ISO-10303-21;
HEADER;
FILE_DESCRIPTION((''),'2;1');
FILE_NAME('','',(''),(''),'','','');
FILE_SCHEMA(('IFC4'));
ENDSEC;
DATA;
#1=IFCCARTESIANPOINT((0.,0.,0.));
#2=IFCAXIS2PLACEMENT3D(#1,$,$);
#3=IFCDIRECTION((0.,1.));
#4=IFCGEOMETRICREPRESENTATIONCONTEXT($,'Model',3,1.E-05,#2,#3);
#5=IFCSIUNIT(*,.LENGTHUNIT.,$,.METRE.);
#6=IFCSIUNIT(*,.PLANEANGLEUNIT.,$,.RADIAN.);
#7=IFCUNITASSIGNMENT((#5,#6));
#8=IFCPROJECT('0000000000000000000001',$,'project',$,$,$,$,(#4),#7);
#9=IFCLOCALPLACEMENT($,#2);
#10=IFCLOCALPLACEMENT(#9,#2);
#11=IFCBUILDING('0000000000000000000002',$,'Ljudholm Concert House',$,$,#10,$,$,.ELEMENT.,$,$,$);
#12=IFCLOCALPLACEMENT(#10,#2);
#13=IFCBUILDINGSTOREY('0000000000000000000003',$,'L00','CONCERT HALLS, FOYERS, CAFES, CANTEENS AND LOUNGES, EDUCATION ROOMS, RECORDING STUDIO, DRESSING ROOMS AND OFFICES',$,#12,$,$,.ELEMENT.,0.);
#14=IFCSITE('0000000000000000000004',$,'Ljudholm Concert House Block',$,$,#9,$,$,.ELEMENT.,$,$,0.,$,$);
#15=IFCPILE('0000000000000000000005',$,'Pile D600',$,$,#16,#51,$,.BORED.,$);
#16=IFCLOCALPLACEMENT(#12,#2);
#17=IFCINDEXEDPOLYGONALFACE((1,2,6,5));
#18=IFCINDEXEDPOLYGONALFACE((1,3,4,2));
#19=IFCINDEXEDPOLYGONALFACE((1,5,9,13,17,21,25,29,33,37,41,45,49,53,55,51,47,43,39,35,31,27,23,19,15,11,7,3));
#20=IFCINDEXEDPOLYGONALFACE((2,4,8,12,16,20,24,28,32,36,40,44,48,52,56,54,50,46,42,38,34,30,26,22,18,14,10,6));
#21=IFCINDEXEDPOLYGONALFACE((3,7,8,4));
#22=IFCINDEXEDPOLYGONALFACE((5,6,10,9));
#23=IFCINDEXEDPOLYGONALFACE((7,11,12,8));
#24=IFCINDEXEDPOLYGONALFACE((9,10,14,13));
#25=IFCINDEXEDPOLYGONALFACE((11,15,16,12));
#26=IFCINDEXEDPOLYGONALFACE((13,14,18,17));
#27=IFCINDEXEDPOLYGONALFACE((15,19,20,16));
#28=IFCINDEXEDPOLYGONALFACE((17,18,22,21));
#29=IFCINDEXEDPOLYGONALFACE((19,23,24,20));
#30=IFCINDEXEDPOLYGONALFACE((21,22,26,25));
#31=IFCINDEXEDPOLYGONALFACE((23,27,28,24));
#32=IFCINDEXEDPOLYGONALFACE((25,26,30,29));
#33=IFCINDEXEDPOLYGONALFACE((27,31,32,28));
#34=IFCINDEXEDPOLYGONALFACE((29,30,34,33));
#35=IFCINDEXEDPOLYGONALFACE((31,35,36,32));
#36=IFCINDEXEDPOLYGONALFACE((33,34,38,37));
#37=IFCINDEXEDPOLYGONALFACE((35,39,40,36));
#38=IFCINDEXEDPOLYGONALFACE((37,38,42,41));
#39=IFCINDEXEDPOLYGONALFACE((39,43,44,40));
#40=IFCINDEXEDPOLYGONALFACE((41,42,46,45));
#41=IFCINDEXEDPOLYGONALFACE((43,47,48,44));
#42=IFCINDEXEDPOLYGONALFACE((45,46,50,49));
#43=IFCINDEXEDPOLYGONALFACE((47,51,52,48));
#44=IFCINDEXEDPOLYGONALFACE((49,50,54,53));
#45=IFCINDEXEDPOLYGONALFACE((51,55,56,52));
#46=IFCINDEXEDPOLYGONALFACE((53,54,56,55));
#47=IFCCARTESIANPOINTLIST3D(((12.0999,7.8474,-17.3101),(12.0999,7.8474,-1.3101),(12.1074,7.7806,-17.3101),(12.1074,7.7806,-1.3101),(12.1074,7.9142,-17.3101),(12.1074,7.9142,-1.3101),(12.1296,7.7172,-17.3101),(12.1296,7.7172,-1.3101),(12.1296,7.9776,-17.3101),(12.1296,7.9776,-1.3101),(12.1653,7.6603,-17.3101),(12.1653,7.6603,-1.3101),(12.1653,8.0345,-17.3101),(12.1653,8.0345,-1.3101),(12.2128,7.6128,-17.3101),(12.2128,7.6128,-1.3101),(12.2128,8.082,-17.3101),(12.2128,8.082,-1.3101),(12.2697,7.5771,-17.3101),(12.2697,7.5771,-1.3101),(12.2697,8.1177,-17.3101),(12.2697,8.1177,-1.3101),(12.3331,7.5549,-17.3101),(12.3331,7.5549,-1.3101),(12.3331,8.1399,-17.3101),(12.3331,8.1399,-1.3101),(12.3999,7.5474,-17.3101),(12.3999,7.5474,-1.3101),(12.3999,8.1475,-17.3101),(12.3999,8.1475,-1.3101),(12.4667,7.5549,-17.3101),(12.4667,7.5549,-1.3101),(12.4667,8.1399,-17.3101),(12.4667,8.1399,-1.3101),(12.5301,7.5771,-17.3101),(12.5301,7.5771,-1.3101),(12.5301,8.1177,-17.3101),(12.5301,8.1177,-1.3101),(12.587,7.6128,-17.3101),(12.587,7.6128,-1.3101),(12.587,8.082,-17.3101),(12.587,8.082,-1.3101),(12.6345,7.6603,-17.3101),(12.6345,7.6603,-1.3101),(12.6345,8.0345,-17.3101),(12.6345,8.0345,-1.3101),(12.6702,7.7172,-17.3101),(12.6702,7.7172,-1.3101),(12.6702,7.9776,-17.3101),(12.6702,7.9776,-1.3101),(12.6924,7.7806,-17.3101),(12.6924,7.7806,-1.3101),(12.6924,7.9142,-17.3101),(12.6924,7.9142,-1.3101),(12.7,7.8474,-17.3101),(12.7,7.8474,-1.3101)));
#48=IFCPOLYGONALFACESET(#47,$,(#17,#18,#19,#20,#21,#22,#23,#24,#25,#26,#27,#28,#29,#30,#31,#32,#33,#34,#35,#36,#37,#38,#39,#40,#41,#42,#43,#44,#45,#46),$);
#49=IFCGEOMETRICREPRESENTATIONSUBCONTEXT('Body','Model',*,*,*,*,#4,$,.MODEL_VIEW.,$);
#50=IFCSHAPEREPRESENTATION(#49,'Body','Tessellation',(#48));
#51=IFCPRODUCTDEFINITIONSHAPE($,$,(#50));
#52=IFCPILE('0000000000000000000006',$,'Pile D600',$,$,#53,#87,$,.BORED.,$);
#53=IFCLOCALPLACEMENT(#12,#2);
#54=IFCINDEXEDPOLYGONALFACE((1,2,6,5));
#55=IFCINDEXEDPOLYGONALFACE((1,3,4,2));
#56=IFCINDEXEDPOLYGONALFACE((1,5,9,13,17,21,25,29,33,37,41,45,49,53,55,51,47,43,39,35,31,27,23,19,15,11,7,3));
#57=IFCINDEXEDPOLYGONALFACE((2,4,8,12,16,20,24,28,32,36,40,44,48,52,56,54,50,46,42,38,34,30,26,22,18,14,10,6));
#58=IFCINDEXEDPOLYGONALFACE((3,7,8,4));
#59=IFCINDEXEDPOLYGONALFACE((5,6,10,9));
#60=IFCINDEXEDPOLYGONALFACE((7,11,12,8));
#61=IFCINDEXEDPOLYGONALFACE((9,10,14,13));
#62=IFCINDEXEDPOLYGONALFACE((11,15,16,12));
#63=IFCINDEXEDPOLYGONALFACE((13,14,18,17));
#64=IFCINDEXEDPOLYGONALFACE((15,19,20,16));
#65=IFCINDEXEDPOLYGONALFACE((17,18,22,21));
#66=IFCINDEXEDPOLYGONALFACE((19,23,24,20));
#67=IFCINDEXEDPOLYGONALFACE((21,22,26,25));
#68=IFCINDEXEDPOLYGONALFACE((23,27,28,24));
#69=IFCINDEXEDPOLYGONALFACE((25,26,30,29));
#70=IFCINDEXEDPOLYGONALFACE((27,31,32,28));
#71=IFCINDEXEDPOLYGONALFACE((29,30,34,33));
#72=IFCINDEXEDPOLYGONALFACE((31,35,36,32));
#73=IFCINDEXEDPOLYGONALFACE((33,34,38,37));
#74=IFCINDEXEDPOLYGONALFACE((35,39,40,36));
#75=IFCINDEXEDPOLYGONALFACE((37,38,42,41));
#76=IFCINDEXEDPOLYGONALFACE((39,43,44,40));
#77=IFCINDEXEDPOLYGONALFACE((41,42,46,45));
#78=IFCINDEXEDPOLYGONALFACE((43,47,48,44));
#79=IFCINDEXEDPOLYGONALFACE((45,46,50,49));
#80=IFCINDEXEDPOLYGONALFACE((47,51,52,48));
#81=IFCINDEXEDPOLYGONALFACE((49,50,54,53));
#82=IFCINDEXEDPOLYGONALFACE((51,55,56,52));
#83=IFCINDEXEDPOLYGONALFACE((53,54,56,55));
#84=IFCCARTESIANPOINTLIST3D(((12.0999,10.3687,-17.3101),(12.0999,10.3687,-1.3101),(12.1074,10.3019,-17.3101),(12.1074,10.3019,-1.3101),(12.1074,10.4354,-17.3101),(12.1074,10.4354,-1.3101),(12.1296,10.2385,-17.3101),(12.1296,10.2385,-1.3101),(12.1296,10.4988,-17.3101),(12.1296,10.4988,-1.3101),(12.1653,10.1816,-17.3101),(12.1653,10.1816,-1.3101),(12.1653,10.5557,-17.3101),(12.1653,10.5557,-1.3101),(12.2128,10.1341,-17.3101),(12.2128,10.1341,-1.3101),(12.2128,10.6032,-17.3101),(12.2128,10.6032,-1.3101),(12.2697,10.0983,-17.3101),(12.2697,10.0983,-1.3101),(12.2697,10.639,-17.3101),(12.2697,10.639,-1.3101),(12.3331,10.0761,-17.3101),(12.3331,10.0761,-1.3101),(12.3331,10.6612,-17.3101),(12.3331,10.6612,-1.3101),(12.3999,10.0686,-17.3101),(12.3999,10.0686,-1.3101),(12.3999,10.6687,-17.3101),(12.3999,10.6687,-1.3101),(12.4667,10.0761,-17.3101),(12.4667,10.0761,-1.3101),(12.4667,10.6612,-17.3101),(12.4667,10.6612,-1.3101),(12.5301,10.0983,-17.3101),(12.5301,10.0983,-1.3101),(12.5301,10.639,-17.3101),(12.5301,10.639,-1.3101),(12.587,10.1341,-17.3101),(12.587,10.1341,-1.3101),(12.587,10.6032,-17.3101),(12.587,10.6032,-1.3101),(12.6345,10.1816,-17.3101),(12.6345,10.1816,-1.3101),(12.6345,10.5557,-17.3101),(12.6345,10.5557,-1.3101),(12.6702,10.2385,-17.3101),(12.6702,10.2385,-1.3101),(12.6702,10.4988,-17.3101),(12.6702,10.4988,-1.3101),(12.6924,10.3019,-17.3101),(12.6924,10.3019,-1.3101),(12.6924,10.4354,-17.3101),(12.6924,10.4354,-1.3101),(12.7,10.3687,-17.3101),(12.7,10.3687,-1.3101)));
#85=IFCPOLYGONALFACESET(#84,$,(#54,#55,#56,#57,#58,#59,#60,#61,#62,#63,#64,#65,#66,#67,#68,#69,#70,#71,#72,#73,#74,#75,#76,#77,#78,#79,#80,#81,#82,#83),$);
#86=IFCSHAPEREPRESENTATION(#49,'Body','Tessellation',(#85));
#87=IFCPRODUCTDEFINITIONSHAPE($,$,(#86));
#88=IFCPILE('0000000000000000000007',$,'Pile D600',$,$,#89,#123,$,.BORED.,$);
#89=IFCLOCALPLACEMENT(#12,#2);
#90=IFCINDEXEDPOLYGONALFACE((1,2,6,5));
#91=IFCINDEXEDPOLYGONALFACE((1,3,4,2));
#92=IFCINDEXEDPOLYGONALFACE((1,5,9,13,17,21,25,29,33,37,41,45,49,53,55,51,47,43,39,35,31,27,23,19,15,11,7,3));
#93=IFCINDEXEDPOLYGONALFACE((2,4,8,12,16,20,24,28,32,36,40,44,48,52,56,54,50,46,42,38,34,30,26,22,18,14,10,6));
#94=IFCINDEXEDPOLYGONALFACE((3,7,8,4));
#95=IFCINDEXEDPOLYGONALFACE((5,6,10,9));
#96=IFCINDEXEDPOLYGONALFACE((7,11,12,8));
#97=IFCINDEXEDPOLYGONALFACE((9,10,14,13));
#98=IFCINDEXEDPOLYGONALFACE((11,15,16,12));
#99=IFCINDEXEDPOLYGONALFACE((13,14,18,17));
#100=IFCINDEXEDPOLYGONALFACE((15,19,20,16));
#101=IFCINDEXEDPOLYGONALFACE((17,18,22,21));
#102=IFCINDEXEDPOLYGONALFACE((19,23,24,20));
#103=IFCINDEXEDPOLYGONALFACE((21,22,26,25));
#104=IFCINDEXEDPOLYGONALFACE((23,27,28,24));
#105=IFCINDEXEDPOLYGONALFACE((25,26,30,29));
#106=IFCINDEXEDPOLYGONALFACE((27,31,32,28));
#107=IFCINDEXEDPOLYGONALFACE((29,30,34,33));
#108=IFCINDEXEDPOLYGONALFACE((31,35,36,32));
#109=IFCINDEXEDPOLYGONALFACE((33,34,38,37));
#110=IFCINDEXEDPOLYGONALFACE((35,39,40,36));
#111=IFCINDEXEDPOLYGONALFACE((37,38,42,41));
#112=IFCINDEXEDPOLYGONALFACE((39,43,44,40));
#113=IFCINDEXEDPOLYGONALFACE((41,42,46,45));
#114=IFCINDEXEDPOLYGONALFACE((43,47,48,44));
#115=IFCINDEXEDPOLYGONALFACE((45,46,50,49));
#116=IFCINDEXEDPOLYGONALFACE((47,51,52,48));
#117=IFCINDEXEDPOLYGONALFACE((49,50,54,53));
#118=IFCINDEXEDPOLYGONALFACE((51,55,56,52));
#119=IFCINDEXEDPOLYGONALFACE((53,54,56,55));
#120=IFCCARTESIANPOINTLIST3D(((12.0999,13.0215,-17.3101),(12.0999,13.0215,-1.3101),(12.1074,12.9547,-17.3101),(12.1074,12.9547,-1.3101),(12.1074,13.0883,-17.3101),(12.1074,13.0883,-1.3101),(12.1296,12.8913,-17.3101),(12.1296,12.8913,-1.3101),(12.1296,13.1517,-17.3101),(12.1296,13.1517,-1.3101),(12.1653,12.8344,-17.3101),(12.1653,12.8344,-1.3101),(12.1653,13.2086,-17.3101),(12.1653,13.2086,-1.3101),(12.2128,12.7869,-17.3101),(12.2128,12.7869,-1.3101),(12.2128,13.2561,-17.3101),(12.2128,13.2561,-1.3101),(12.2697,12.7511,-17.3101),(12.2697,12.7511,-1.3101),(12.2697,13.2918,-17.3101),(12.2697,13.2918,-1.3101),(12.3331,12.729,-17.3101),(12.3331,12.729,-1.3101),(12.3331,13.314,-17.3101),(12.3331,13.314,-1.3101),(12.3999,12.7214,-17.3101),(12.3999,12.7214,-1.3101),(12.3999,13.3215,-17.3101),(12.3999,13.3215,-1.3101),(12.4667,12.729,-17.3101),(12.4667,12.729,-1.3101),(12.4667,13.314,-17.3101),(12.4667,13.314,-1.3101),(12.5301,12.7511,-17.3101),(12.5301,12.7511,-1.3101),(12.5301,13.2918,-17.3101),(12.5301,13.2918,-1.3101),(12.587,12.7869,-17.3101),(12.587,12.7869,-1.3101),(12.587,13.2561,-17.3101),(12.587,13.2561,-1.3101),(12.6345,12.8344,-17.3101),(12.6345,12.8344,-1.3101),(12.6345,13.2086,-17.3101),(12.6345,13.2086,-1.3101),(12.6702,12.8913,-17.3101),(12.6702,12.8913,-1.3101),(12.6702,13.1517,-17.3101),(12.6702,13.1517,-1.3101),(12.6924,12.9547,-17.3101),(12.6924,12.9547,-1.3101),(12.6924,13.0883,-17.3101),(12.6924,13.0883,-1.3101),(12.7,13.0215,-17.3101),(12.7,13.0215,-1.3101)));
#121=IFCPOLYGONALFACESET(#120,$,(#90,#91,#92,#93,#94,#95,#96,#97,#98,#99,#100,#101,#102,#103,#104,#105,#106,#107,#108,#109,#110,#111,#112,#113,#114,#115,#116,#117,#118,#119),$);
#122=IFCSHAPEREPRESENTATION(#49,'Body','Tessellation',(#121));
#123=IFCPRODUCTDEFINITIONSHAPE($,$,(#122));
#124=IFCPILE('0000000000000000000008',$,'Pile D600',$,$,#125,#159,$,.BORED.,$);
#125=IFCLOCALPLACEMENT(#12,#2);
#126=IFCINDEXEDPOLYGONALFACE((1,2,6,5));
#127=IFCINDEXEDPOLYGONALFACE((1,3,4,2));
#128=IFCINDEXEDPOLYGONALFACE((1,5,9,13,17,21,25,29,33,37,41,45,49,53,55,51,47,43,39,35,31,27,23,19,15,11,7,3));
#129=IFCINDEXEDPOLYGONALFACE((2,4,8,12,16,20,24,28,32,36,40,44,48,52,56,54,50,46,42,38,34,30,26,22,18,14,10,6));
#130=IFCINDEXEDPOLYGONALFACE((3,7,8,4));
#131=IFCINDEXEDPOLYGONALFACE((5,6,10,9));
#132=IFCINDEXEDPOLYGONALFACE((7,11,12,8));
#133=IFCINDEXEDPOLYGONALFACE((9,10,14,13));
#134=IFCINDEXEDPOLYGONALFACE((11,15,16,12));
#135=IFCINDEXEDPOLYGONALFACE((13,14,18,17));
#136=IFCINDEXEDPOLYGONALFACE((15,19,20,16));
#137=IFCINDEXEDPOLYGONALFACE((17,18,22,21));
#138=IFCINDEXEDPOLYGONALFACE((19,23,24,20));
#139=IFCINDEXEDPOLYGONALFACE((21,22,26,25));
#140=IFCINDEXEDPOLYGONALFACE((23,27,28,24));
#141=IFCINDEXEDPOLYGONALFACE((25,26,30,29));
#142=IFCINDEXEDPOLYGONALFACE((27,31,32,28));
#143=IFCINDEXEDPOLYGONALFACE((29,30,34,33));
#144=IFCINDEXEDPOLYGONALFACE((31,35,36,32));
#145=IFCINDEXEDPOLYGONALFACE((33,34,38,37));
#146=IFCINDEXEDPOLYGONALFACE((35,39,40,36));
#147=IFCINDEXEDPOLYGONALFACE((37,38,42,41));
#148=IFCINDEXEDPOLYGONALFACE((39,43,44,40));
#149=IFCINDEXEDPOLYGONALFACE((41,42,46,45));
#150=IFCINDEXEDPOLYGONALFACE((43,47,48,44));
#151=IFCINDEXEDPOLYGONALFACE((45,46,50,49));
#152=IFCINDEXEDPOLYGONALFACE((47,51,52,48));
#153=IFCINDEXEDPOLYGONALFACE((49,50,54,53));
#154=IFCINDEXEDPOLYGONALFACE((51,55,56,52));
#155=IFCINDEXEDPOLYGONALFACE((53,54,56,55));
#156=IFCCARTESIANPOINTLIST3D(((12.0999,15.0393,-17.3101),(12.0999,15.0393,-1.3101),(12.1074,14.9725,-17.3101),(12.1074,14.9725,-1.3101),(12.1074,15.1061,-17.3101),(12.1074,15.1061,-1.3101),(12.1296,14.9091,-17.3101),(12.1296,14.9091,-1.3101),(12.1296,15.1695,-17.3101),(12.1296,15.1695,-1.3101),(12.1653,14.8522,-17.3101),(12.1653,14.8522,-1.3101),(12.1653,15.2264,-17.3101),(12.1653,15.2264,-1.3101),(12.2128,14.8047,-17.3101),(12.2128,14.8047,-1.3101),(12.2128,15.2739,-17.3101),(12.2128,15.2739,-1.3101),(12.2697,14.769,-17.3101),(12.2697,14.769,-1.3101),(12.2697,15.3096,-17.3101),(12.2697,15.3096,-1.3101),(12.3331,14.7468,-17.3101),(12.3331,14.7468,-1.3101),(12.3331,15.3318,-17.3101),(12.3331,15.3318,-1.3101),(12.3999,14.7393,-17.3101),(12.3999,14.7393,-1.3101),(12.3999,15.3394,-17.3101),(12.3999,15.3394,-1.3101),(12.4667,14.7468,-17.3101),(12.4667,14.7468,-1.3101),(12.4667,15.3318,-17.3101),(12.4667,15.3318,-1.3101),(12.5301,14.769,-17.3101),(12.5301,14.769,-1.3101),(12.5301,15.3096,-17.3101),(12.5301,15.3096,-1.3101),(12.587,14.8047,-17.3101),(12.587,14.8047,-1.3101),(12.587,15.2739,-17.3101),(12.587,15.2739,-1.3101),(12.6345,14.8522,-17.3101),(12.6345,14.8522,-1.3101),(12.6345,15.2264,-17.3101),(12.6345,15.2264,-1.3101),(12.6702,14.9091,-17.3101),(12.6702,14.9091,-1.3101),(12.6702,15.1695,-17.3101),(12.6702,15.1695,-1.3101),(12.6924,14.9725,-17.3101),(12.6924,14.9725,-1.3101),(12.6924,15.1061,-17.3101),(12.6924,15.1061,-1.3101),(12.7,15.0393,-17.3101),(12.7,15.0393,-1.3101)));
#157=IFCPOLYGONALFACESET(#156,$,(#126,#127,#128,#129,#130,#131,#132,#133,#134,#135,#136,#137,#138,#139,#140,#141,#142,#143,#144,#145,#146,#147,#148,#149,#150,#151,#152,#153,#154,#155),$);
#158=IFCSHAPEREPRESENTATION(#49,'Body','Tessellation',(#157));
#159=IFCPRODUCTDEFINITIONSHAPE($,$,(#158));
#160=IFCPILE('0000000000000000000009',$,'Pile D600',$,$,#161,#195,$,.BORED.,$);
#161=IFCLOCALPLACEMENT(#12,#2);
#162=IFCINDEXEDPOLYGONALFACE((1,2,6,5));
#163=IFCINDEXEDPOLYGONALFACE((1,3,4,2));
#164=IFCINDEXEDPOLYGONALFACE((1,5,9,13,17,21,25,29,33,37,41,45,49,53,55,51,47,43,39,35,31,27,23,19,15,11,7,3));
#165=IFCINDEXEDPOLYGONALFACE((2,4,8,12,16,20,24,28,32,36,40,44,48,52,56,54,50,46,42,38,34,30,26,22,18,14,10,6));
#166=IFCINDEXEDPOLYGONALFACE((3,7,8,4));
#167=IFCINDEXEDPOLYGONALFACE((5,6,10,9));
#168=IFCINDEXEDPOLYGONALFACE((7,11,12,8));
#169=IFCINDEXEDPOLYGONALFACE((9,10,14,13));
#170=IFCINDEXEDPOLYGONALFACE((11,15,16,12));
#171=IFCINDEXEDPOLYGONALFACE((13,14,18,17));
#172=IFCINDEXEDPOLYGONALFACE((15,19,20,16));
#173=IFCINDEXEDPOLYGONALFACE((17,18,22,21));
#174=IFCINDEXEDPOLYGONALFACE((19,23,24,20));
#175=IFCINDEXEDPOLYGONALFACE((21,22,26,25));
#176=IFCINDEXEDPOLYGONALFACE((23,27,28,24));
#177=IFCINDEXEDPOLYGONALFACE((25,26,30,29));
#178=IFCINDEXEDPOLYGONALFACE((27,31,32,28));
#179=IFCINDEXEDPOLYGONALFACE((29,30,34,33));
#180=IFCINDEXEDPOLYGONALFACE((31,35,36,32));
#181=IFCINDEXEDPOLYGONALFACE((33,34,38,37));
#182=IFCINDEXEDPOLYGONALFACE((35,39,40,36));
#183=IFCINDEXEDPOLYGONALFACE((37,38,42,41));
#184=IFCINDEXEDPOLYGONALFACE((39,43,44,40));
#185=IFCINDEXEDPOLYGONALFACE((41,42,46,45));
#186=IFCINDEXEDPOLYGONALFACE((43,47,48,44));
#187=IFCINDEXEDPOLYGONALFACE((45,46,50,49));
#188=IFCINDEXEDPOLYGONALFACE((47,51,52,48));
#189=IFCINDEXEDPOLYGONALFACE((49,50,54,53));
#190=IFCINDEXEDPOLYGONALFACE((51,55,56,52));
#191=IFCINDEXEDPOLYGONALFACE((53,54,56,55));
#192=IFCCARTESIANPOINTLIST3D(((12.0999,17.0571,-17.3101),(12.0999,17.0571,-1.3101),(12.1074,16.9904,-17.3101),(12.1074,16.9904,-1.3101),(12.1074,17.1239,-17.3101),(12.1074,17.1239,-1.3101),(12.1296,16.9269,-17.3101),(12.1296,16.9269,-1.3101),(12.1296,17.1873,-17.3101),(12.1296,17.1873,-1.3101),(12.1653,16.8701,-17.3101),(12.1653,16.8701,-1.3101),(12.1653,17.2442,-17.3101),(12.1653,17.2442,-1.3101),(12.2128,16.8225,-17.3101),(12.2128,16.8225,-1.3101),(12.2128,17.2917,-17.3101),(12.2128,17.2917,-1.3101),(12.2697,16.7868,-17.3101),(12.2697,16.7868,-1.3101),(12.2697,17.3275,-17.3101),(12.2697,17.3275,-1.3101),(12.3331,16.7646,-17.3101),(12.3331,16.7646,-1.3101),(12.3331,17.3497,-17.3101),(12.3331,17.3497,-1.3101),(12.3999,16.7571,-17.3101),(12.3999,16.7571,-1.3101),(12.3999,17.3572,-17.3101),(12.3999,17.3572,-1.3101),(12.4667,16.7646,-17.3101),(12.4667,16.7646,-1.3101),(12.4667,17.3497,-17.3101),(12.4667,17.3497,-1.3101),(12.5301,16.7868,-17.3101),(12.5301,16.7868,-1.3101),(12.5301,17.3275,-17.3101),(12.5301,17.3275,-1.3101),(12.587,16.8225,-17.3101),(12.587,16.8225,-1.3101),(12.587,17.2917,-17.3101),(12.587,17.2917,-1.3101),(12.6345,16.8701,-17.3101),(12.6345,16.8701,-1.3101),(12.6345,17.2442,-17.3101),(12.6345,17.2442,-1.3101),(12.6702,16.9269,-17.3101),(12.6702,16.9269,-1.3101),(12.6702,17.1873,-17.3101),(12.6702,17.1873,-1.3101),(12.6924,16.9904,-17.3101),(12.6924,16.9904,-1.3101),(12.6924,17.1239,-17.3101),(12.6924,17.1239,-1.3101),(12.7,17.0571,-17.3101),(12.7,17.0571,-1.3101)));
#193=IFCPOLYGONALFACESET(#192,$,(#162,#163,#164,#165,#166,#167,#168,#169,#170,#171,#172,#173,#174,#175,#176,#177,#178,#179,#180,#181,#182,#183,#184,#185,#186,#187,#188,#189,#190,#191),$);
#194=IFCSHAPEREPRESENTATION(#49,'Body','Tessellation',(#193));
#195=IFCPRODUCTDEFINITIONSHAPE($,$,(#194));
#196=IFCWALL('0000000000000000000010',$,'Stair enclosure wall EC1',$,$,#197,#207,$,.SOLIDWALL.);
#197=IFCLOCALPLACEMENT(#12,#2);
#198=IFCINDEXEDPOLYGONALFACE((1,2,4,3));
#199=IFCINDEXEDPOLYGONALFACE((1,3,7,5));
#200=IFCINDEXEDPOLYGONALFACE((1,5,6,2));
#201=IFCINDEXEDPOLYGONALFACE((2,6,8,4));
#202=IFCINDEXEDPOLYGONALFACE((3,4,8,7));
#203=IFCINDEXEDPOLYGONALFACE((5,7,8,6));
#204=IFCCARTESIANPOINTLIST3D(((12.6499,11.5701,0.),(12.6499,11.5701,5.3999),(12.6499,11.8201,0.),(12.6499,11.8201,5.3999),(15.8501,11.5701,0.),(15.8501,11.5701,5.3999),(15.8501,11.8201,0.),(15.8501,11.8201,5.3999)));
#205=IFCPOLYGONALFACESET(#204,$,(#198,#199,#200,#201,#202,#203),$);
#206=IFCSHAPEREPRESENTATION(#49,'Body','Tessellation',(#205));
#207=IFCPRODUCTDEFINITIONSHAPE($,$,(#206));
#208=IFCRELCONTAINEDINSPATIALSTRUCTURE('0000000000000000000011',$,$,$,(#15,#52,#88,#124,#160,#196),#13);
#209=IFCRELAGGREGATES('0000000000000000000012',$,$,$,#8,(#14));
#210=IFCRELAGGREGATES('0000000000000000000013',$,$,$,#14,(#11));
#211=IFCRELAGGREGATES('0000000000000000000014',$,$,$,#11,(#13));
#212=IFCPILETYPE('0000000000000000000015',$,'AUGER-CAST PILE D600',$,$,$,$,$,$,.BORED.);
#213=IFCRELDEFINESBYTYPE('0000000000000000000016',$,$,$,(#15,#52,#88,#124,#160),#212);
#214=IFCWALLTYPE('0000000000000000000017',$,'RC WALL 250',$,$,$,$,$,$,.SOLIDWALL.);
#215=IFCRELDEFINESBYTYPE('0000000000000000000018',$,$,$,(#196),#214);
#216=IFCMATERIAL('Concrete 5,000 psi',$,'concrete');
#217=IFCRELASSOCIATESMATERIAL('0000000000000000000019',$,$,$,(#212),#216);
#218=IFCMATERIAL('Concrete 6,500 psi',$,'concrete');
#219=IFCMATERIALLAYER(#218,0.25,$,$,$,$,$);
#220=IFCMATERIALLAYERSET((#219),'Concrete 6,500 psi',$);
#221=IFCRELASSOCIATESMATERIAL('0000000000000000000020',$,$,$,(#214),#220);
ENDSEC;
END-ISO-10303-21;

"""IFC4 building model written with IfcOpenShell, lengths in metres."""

from ifc_helpers import new_model, si_unit, direction, frame, frame_2d, origin, origin_2d, place, context, subcontext, project, spatial, rectangle, circle, extrude, material, layer, layer_set, material_profile, profile_set, type_object, element, save


model = new_model("IFC4")

# Units and contexts
model_context = context("Model", 3, precision=1e-05, world=origin(), true_north=direction((0.0, 1.0)))
body_context = subcontext(model_context, "Body", "Model", "MODEL_VIEW")
ifc_project = project(units=[si_unit("LENGTHUNIT", "METRE"), si_unit("PLANEANGLEUNIT", "RADIAN")], contexts=[model_context])

# Site, building, storey
site_placement = place(None, origin())
site = spatial("IfcSite", under=ifc_project, at=site_placement, Name="Ljudholm Concert House Block", CompositionType="ELEMENT", RefElevation=0.0)
building_placement = place(site_placement, origin())
building = spatial("IfcBuilding", under=site, at=building_placement, Name="Ljudholm Concert House", CompositionType="ELEMENT")
storey_placement = place(building_placement, origin())
storey = spatial("IfcBuildingStorey", under=building, at=storey_placement, Name="L00", Description="CONCERT HALLS, FOYERS, CAFES, CANTEENS AND LOUNGES, EDUCATION ROOMS, RECORDING STUDIO, DRESSING ROOMS AND OFFICES", CompositionType="ELEMENT", Elevation=0.0)

# Piles
ifc_material_1 = material(Name="Concrete 5,000 psi", Category="concrete")
ifc_material_profile = material_profile(ifc_material_1, circle(Radius=0.3, at=origin_2d()), Name="AUGER-CAST PILE D600")
ifc_profile_set = profile_set([ifc_material_profile], Name="Concrete 5,000 psi")
pile_type = type_object("IfcPileType", Name="AUGER-CAST PILE D600", PredefinedType="BORED", material=ifc_profile_set)
for number, where, z_axis, x_axis, name in (
    (1, (12.3999, 7.8474, -1.3101), (0.0, 0.0, -1.0), (1.0, 0.0, 0.0), "Pile D600"),
    (2, (12.3999, 10.3687, -1.3101), (0.0, 0.0, -1.0), (1.0, 0.0, 0.0), "Pile D600"),
    (3, (12.3999, 13.0215, -1.3101), (0.0, 0.0, -1.0), (1.0, 0.0, 0.0), "Pile D600"),
    (4, (12.3999, 15.0393, -1.3101), (0.0, 0.0, -1.0), (1.0, 0.0, 0.0), "Pile D600"),
    (5, (12.3999, 17.0571, -1.3101), (0.0, 0.0, -1.0), (1.0, 0.0, 0.0), "Pile D600"),
):
    element("IfcPile", number, at=place(storey_placement, frame(where, z_axis=z_axis, x_axis=x_axis)), inside=storey, type_object=pile_type, Name=name, PredefinedType="BORED", context=body_context, shape_type="SweptSolid", body=[
        extrude(circle(Radius=0.3, at=origin_2d()), origin(), (0.0, 0.0, 1.0), 16.0),
    ])

# Wall
ifc_material_2 = material(Name="Concrete 6,500 psi", Category="concrete")
ifc_layer_1 = layer(ifc_material_2, 0.25)
ifc_layer_set_1 = layer_set([ifc_layer_1], Name="Concrete 6,500 psi")
wall_type_1 = type_object("IfcWallType", Name="RC WALL 250", PredefinedType="SOLIDWALL", material=ifc_layer_set_1)
wall_1_placement = place(storey_placement, frame((12.6499, 11.6951, 0.0), z_axis=(0.0, 0.0, 1.0), x_axis=(1.0, 0.0, 0.0)))
element("IfcWall", 6, at=wall_1_placement, inside=storey, type_object=wall_type_1, Name="Stair enclosure wall EC1", PredefinedType="SOLIDWALL", context=body_context, shape_type="SweptSolid", body=[
    extrude(rectangle(XDim=3.2002, YDim=0.25, at=frame_2d((1.6001, 0.0))), origin(), (0.0, 0.0, 1.0), 5.3999),
])

save(model, "model.ifc")
